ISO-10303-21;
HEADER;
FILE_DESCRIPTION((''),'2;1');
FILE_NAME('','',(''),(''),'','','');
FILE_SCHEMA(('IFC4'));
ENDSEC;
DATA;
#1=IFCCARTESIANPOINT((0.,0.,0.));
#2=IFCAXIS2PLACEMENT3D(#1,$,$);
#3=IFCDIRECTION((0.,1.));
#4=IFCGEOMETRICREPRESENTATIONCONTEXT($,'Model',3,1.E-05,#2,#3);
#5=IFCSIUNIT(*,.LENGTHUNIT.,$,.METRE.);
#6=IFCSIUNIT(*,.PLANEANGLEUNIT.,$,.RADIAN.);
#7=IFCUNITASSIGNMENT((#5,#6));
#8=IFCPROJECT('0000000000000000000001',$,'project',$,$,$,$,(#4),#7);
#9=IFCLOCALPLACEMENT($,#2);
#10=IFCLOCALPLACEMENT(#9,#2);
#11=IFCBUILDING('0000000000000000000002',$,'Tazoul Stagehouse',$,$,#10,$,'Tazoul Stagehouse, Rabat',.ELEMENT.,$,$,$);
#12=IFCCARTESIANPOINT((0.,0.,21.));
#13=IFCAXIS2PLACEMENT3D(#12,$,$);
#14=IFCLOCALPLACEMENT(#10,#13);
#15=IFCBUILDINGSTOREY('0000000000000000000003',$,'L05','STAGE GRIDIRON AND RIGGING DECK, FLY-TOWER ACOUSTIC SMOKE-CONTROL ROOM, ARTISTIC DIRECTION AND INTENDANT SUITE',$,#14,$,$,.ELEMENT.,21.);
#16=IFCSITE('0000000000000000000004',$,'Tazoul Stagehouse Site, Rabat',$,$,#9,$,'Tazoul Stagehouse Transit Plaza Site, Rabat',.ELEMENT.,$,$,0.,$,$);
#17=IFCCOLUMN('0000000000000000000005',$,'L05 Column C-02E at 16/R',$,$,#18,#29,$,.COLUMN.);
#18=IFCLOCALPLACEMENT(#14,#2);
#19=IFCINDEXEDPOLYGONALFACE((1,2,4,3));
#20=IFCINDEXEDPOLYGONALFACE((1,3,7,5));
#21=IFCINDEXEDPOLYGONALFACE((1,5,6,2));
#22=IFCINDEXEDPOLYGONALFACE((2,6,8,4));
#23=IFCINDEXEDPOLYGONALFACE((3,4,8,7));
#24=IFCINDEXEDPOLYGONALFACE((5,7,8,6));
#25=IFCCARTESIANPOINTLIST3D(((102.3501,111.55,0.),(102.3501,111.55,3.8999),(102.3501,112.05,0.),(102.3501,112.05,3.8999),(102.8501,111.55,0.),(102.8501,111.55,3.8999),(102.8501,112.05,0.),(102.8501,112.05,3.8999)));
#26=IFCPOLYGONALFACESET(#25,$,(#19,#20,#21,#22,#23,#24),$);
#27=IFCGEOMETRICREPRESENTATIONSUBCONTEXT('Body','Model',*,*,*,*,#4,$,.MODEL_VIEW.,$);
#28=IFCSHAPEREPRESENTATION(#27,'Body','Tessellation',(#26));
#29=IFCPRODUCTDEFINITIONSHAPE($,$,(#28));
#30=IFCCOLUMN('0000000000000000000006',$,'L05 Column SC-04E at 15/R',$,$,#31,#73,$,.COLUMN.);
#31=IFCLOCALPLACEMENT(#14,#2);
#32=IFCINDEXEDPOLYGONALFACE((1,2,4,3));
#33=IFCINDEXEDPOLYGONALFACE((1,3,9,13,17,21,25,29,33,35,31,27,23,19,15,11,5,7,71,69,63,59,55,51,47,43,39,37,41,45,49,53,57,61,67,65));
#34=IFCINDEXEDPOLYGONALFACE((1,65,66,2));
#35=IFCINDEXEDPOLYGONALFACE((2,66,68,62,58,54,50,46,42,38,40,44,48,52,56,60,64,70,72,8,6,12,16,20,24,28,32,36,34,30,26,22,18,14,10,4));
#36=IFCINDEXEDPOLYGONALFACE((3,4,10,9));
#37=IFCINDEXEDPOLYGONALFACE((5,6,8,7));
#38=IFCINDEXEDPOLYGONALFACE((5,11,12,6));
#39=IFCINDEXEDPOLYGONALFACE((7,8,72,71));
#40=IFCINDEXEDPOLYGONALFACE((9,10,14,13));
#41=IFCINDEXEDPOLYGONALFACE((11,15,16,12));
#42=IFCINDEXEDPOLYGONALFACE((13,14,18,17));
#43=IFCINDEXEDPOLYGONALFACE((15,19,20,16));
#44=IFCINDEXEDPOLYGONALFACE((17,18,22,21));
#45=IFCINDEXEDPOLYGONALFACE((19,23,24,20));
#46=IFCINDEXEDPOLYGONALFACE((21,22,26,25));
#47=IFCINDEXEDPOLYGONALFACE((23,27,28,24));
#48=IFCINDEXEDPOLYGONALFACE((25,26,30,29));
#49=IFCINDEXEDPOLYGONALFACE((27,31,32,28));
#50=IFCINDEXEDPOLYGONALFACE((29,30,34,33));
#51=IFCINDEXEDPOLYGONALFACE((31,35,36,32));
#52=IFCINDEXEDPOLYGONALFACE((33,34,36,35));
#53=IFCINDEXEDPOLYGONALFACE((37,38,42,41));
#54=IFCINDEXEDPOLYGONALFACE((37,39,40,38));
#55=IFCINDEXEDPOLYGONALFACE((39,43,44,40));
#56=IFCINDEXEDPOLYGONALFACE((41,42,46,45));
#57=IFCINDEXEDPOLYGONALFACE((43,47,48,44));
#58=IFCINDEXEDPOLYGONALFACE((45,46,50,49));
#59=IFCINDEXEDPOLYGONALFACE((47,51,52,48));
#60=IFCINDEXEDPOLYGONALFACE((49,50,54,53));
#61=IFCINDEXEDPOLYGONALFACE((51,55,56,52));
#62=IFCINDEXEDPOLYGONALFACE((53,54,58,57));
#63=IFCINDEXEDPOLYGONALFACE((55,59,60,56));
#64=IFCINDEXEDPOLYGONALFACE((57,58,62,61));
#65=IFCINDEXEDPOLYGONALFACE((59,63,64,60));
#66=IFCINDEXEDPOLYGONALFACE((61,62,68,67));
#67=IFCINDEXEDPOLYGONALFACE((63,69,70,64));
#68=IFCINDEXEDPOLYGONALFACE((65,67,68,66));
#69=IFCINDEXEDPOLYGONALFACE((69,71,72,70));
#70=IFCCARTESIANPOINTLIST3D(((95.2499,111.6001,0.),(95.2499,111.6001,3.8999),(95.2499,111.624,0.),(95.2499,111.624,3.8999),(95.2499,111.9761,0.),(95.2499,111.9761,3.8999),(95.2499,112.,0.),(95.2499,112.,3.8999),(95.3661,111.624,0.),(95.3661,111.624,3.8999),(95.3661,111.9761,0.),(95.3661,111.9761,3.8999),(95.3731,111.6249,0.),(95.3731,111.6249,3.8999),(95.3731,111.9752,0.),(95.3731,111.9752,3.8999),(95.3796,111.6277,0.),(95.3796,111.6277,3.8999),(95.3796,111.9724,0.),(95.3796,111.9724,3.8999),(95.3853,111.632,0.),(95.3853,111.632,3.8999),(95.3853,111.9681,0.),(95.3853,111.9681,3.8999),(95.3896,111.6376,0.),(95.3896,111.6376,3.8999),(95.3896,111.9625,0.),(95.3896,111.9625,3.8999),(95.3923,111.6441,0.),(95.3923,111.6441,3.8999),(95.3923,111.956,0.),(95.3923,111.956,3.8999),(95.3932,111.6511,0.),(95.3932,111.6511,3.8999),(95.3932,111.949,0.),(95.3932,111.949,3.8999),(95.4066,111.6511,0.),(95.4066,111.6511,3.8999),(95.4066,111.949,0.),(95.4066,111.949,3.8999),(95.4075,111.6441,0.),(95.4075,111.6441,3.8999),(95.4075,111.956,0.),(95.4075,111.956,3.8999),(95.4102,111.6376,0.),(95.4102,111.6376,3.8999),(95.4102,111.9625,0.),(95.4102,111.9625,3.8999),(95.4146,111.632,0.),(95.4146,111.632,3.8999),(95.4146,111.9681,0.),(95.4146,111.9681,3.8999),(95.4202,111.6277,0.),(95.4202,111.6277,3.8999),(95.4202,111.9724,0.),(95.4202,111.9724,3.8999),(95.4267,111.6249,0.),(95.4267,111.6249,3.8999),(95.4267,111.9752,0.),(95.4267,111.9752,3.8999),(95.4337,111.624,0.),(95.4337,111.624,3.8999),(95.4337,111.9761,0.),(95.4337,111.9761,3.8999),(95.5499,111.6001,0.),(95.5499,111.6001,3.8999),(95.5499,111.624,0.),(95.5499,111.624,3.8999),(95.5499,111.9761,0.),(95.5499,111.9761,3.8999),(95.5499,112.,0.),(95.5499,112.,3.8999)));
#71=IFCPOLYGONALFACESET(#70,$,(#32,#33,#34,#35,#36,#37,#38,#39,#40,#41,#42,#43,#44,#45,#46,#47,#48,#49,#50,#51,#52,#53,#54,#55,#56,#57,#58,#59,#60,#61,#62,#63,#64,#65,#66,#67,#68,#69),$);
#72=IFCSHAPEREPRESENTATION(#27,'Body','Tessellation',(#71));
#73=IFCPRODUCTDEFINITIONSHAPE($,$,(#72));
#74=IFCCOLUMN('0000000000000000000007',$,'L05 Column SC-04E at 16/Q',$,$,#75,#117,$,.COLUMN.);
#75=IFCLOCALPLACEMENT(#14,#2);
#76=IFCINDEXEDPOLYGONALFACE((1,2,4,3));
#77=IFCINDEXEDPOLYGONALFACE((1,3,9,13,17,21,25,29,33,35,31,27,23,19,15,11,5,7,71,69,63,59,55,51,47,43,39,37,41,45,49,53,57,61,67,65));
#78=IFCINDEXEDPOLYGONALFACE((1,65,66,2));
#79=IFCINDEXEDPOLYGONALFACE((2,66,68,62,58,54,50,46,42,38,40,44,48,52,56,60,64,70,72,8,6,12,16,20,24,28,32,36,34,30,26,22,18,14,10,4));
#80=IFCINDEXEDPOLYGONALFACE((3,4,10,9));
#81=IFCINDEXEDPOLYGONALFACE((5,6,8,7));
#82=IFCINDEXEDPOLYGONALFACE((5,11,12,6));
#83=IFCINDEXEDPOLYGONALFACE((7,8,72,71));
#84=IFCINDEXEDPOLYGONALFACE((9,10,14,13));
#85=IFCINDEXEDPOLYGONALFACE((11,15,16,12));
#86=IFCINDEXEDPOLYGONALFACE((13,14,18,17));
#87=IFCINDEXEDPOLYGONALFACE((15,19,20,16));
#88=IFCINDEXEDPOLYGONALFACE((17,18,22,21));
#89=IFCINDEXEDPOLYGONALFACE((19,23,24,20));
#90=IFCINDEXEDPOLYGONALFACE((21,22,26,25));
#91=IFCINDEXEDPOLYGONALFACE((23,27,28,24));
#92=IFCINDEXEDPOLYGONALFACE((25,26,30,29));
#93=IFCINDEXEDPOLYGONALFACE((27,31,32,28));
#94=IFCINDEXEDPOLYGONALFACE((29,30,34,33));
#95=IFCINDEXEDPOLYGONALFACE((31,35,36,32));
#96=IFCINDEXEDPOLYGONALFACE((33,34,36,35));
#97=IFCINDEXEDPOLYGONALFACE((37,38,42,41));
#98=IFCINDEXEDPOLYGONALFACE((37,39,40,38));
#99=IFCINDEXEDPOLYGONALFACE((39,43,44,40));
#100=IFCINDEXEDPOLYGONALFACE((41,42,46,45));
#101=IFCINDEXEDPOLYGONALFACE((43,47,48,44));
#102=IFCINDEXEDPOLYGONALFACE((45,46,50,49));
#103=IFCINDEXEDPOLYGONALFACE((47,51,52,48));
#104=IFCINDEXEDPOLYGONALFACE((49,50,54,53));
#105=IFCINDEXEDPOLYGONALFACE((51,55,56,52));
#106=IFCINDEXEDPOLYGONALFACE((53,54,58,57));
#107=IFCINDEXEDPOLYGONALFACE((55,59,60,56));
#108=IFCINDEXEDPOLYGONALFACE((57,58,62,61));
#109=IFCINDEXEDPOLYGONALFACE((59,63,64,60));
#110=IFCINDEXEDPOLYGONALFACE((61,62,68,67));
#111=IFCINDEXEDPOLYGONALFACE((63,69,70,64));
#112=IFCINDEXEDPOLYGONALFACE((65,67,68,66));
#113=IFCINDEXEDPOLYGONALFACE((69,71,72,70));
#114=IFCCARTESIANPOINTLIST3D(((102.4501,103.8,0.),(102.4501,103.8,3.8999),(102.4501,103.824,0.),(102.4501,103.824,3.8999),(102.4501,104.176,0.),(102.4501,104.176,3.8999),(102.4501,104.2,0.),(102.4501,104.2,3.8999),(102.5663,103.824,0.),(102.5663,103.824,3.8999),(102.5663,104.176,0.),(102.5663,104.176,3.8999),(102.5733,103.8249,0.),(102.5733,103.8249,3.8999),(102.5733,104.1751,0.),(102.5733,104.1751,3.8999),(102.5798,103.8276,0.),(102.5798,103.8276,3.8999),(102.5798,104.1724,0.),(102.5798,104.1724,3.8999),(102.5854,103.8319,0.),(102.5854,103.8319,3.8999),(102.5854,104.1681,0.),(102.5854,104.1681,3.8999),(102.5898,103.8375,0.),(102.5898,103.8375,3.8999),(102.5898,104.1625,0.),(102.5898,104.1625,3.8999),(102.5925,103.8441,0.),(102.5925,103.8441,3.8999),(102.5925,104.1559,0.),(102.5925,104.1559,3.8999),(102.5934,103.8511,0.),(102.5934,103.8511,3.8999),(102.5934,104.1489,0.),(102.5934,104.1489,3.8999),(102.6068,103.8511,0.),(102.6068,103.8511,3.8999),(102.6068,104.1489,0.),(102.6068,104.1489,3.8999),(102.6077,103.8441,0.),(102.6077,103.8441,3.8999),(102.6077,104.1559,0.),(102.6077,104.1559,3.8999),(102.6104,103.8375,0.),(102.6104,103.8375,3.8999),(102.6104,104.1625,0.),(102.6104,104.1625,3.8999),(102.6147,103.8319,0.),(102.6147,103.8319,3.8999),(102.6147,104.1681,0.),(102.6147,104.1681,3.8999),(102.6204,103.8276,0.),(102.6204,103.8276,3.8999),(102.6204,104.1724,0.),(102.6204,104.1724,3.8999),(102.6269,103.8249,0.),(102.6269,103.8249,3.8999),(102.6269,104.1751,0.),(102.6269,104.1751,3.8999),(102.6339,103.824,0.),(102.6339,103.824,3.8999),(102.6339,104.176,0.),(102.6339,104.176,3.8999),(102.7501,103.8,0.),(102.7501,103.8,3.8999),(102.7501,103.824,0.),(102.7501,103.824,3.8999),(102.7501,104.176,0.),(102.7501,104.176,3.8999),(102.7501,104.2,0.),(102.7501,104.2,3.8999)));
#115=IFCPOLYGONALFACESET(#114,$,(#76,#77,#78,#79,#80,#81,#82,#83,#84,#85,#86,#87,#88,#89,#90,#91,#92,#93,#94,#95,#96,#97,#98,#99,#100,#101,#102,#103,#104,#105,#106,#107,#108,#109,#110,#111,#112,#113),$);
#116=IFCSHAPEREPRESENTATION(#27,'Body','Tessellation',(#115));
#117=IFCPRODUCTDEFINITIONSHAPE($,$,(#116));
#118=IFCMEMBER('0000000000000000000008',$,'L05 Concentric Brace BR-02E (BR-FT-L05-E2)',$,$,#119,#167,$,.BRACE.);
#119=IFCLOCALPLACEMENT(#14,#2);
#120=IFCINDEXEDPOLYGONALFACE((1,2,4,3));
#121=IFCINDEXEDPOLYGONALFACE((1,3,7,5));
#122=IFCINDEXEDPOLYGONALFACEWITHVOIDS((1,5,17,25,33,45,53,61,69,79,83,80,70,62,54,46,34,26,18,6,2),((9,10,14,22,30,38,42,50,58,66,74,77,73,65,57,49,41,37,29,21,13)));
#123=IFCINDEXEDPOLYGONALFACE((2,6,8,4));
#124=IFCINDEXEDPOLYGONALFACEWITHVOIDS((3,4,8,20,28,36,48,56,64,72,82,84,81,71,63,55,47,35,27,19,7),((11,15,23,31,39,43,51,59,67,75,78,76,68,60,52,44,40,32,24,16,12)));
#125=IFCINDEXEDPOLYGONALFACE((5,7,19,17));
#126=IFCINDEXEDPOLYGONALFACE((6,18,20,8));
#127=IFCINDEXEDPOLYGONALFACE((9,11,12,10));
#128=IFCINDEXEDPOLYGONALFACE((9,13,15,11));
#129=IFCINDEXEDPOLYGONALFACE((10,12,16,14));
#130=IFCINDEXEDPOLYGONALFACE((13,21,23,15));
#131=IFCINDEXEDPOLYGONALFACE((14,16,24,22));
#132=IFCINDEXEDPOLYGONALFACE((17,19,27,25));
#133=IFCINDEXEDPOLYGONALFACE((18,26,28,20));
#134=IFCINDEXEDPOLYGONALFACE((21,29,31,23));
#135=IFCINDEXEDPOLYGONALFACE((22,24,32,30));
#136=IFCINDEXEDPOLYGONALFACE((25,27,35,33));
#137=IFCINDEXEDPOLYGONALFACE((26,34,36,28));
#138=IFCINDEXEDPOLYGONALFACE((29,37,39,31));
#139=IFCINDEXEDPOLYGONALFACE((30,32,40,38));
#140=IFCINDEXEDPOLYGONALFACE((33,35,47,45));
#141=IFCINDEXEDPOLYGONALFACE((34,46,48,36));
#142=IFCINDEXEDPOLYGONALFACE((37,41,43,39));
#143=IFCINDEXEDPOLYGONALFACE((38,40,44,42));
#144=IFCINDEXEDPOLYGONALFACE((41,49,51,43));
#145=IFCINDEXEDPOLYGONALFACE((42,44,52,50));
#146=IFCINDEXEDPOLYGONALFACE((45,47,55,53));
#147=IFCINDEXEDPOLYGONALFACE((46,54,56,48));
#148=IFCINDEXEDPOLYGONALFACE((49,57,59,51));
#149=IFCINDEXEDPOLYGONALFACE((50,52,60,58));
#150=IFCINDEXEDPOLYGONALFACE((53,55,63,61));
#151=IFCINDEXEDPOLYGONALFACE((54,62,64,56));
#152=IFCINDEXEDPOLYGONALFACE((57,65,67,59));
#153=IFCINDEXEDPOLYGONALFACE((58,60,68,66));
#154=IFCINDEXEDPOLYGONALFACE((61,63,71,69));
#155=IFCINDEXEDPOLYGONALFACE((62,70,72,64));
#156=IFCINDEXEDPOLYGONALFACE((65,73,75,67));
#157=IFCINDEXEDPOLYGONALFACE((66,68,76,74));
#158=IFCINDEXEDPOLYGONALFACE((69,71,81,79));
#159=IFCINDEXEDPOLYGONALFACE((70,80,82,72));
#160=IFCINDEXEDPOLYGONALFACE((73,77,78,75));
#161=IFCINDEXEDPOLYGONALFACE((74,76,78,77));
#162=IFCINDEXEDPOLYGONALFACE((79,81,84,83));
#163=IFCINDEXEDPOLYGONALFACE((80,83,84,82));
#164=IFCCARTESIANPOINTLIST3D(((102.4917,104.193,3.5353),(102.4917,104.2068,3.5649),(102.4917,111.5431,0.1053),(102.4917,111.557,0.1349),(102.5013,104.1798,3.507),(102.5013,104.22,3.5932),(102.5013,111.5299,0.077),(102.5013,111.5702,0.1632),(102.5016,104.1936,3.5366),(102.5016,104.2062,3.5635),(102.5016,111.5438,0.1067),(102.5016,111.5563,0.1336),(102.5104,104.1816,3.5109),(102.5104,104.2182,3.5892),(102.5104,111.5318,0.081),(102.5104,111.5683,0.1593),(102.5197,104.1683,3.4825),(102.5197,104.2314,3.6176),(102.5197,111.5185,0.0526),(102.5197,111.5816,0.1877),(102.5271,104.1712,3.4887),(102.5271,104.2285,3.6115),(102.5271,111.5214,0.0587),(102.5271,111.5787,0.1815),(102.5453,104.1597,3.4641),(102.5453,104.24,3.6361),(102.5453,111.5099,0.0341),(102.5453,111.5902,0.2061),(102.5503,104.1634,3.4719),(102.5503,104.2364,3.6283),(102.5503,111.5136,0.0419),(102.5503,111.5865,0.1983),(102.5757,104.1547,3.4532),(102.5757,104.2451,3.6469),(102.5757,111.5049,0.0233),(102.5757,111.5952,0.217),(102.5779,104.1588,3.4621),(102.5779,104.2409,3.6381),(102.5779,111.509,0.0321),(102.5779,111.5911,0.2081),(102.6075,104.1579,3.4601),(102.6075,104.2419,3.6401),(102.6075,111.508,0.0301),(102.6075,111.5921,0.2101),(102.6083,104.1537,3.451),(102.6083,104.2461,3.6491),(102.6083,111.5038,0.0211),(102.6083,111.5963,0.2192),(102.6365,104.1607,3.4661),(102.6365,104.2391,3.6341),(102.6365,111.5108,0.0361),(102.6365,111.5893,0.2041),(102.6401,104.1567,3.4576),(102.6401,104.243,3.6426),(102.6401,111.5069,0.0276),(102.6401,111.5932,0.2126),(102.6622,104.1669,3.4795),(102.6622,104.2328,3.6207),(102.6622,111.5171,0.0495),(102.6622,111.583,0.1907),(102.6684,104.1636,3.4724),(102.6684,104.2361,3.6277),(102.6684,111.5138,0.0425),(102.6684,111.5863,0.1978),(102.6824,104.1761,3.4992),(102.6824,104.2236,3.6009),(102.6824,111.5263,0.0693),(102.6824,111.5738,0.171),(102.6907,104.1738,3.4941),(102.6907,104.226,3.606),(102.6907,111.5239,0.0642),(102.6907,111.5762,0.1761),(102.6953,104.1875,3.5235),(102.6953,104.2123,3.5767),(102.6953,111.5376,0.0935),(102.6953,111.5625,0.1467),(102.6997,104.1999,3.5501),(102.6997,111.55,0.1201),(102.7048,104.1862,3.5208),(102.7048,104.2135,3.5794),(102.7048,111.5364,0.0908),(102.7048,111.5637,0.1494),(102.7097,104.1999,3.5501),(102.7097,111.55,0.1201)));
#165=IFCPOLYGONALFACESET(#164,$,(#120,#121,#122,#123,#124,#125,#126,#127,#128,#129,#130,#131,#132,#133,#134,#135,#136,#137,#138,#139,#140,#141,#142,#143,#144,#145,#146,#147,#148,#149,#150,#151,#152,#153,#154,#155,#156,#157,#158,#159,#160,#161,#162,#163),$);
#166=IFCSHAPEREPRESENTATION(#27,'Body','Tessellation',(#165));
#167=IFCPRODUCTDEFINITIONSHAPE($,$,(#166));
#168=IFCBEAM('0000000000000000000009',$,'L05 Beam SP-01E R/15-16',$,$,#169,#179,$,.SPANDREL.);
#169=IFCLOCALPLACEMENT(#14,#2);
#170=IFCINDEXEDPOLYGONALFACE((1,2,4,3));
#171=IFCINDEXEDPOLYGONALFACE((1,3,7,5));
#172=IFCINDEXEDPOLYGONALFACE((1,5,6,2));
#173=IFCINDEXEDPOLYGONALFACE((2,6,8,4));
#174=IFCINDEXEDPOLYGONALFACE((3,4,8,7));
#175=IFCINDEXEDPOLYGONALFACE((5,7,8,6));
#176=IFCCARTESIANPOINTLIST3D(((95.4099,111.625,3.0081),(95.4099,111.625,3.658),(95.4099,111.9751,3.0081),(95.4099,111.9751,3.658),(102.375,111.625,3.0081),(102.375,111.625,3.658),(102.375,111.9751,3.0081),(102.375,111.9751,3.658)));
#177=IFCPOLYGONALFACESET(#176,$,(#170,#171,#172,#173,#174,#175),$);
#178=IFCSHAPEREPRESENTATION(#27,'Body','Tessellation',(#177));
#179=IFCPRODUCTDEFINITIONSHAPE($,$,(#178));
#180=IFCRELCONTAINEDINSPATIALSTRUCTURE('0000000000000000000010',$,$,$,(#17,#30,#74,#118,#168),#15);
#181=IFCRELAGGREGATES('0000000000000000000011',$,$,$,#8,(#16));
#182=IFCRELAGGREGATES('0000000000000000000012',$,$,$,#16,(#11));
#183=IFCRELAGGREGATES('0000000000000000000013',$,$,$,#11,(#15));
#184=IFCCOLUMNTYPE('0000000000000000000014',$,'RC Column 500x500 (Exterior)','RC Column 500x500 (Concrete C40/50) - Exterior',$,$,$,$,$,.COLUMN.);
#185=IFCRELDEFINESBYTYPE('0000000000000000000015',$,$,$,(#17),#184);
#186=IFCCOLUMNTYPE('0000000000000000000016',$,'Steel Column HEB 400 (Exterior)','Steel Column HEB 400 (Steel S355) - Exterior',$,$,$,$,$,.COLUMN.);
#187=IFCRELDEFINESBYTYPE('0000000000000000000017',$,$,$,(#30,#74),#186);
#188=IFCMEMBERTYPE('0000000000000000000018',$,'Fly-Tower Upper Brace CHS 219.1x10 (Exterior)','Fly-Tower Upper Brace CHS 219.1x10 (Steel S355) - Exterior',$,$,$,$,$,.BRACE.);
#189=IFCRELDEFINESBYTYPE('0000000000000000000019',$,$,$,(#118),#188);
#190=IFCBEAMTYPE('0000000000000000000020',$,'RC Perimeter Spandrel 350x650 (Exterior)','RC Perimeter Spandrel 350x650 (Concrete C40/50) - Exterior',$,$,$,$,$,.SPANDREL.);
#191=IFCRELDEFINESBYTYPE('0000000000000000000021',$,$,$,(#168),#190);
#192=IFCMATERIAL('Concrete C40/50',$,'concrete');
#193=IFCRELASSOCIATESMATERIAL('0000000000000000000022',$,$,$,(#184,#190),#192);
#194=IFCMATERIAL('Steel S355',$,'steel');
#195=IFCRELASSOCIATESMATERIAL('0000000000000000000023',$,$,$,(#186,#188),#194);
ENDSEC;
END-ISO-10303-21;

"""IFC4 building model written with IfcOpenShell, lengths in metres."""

from ifc_helpers import new_model, si_unit, direction, frame, origin, origin_2d, place, context, subcontext, project, spatial, rectangle, hollow_circle, i_section, extrude, material, material_profile, profile_set, type_object, element, save


model = new_model("IFC4")

# Units and contexts
model_context = context("Model", 3, precision=1e-05, world=origin(), true_north=direction((0.0, 1.0)))
body_context = subcontext(model_context, "Body", "Model", "MODEL_VIEW")
ifc_project = project(units=[si_unit("LENGTHUNIT", "METRE"), si_unit("PLANEANGLEUNIT", "RADIAN")], contexts=[model_context])

# Site, building, storey
site_placement = place(None, origin())
site = spatial("IfcSite", under=ifc_project, at=site_placement, Name="Tazoul Stagehouse Site, Rabat", LongName="Tazoul Stagehouse Transit Plaza Site, Rabat", CompositionType="ELEMENT", RefElevation=0.0)
building_placement = place(site_placement, origin())
building = spatial("IfcBuilding", under=site, at=building_placement, Name="Tazoul Stagehouse", LongName="Tazoul Stagehouse, Rabat", CompositionType="ELEMENT")
storey_placement = place(building_placement, frame((0.0, 0.0, 21.0)))
storey = spatial("IfcBuildingStorey", under=building, at=storey_placement, Name="L05", Description="STAGE GRIDIRON AND RIGGING DECK, FLY-TOWER ACOUSTIC SMOKE-CONTROL ROOM, ARTISTIC DIRECTION AND INTENDANT SUITE", CompositionType="ELEMENT", Elevation=21.0)

# Columns
ifc_material_1 = material(Name="Concrete C40/50", Category="concrete")
ifc_material_profile_1 = material_profile(ifc_material_1, rectangle(XDim=0.5, YDim=0.5, at=origin_2d()), Name="RC 500x500")
ifc_profile_set_1 = profile_set([ifc_material_profile_1], Name="Concrete C40/50")
column_type_1 = type_object("IfcColumnType", Name="RC Column 500x500 (Exterior)", Description="RC Column 500x500 (Concrete C40/50) - Exterior", PredefinedType="COLUMN", material=ifc_profile_set_1)
column_placement = place(storey_placement, frame((102.6001, 111.8, 0.0), z_axis=(0.0, 0.0, 1.0), x_axis=(1.0, 0.0, 0.0)))
element("IfcColumn", 1, at=column_placement, inside=storey, type_object=column_type_1, Name="L05 Column C-02E at 16/R", PredefinedType="COLUMN", context=body_context, shape_type="SweptSolid", body=[
    extrude(rectangle(XDim=0.5, YDim=0.5, at=origin_2d()), origin(), (0.0, 0.0, 1.0), 3.8999),
])
ifc_material_2 = material(Name="Steel S355", Category="steel")
ifc_material_profile_2 = material_profile(ifc_material_2, i_section(OverallWidth=0.3, OverallDepth=0.3999, WebThickness=0.0134, FlangeThickness=0.0239, FilletRadius=0.0271, at=origin_2d()), Name="HEB 400")
ifc_profile_set_2 = profile_set([ifc_material_profile_2], Name="Steel S355")
column_type_2 = type_object("IfcColumnType", Name="Steel Column HEB 400 (Exterior)", Description="Steel Column HEB 400 (Steel S355) - Exterior", PredefinedType="COLUMN", material=ifc_profile_set_2)
for number, where, z_axis, x_axis, name in (
    (2, (95.3999, 111.8, 0.0), (0.0, 0.0, 1.0), (1.0, 0.0, 0.0), "L05 Column SC-04E at 15/R"),
    (3, (102.6001, 104.0, 0.0), (0.0, 0.0, 1.0), (1.0, 0.0, 0.0), "L05 Column SC-04E at 16/Q"),
):
    element("IfcColumn", number, at=place(storey_placement, frame(where, z_axis=z_axis, x_axis=x_axis)), inside=storey, type_object=column_type_2, Name=name, PredefinedType="COLUMN", context=body_context, shape_type="SweptSolid", body=[
        extrude(i_section(OverallWidth=0.3, OverallDepth=0.3999, WebThickness=0.0134, FlangeThickness=0.0239, FilletRadius=0.0271, at=origin_2d()), origin(), (0.0, 0.0, 1.0), 3.8999),
    ])

# Member
ifc_material_profile_3 = material_profile(ifc_material_2, hollow_circle(Radius=0.1096, WallThickness=0.01, at=origin_2d()), Name="CHS 219.1x10")
ifc_profile_set_3 = profile_set([ifc_material_profile_3], Name="Steel S355")
member_type = type_object("IfcMemberType", Name="Fly-Tower Upper Brace CHS 219.1x10 (Exterior)", Description="Fly-Tower Upper Brace CHS 219.1x10 (Steel S355) - Exterior", PredefinedType="BRACE", material=ifc_profile_set_3)
member_placement = place(storey_placement, frame((102.6001, 111.55, 0.1201), z_axis=(0.0, -0.906189, 0.422874), x_axis=(1.0, 0.0, 0.0)))
element("IfcMember", 4, at=member_placement, inside=storey, type_object=member_type, Name="L05 Concentric Brace BR-02E (BR-FT-L05-E2)", PredefinedType="BRACE", context=body_context, shape_type="SweptSolid", body=[
    extrude(hollow_circle(Radius=0.1096, WallThickness=0.01, at=origin_2d()), origin(), (0.0, 0.0, 1.0), 8.1111),
])

# Beam
ifc_material_profile_4 = material_profile(ifc_material_1, rectangle(XDim=0.3501, YDim=0.6499, at=origin_2d()), Name="RC 350x650")
ifc_profile_set_4 = profile_set([ifc_material_profile_4], Name="Concrete C40/50")
beam_type_1 = type_object("IfcBeamType", Name="RC Perimeter Spandrel 350x650 (Exterior)", Description="RC Perimeter Spandrel 350x650 (Concrete C40/50) - Exterior", PredefinedType="SPANDREL", material=ifc_profile_set_4)
beam_1_placement = place(storey_placement, frame((95.4099, 111.8, 3.333), z_axis=(1.0, 0.0, 0.0), x_axis=(0.0, 1.0, 0.0)))
element("IfcBeam", 5, at=beam_1_placement, inside=storey, type_object=beam_type_1, Name="L05 Beam SP-01E R/15-16", PredefinedType="SPANDREL", context=body_context, shape_type="SweptSolid", body=[
    extrude(rectangle(XDim=0.3501, YDim=0.6499, at=origin_2d()), origin(), (0.0, 0.0, 1.0), 6.9651),
])

save(model, "model.ifc")
